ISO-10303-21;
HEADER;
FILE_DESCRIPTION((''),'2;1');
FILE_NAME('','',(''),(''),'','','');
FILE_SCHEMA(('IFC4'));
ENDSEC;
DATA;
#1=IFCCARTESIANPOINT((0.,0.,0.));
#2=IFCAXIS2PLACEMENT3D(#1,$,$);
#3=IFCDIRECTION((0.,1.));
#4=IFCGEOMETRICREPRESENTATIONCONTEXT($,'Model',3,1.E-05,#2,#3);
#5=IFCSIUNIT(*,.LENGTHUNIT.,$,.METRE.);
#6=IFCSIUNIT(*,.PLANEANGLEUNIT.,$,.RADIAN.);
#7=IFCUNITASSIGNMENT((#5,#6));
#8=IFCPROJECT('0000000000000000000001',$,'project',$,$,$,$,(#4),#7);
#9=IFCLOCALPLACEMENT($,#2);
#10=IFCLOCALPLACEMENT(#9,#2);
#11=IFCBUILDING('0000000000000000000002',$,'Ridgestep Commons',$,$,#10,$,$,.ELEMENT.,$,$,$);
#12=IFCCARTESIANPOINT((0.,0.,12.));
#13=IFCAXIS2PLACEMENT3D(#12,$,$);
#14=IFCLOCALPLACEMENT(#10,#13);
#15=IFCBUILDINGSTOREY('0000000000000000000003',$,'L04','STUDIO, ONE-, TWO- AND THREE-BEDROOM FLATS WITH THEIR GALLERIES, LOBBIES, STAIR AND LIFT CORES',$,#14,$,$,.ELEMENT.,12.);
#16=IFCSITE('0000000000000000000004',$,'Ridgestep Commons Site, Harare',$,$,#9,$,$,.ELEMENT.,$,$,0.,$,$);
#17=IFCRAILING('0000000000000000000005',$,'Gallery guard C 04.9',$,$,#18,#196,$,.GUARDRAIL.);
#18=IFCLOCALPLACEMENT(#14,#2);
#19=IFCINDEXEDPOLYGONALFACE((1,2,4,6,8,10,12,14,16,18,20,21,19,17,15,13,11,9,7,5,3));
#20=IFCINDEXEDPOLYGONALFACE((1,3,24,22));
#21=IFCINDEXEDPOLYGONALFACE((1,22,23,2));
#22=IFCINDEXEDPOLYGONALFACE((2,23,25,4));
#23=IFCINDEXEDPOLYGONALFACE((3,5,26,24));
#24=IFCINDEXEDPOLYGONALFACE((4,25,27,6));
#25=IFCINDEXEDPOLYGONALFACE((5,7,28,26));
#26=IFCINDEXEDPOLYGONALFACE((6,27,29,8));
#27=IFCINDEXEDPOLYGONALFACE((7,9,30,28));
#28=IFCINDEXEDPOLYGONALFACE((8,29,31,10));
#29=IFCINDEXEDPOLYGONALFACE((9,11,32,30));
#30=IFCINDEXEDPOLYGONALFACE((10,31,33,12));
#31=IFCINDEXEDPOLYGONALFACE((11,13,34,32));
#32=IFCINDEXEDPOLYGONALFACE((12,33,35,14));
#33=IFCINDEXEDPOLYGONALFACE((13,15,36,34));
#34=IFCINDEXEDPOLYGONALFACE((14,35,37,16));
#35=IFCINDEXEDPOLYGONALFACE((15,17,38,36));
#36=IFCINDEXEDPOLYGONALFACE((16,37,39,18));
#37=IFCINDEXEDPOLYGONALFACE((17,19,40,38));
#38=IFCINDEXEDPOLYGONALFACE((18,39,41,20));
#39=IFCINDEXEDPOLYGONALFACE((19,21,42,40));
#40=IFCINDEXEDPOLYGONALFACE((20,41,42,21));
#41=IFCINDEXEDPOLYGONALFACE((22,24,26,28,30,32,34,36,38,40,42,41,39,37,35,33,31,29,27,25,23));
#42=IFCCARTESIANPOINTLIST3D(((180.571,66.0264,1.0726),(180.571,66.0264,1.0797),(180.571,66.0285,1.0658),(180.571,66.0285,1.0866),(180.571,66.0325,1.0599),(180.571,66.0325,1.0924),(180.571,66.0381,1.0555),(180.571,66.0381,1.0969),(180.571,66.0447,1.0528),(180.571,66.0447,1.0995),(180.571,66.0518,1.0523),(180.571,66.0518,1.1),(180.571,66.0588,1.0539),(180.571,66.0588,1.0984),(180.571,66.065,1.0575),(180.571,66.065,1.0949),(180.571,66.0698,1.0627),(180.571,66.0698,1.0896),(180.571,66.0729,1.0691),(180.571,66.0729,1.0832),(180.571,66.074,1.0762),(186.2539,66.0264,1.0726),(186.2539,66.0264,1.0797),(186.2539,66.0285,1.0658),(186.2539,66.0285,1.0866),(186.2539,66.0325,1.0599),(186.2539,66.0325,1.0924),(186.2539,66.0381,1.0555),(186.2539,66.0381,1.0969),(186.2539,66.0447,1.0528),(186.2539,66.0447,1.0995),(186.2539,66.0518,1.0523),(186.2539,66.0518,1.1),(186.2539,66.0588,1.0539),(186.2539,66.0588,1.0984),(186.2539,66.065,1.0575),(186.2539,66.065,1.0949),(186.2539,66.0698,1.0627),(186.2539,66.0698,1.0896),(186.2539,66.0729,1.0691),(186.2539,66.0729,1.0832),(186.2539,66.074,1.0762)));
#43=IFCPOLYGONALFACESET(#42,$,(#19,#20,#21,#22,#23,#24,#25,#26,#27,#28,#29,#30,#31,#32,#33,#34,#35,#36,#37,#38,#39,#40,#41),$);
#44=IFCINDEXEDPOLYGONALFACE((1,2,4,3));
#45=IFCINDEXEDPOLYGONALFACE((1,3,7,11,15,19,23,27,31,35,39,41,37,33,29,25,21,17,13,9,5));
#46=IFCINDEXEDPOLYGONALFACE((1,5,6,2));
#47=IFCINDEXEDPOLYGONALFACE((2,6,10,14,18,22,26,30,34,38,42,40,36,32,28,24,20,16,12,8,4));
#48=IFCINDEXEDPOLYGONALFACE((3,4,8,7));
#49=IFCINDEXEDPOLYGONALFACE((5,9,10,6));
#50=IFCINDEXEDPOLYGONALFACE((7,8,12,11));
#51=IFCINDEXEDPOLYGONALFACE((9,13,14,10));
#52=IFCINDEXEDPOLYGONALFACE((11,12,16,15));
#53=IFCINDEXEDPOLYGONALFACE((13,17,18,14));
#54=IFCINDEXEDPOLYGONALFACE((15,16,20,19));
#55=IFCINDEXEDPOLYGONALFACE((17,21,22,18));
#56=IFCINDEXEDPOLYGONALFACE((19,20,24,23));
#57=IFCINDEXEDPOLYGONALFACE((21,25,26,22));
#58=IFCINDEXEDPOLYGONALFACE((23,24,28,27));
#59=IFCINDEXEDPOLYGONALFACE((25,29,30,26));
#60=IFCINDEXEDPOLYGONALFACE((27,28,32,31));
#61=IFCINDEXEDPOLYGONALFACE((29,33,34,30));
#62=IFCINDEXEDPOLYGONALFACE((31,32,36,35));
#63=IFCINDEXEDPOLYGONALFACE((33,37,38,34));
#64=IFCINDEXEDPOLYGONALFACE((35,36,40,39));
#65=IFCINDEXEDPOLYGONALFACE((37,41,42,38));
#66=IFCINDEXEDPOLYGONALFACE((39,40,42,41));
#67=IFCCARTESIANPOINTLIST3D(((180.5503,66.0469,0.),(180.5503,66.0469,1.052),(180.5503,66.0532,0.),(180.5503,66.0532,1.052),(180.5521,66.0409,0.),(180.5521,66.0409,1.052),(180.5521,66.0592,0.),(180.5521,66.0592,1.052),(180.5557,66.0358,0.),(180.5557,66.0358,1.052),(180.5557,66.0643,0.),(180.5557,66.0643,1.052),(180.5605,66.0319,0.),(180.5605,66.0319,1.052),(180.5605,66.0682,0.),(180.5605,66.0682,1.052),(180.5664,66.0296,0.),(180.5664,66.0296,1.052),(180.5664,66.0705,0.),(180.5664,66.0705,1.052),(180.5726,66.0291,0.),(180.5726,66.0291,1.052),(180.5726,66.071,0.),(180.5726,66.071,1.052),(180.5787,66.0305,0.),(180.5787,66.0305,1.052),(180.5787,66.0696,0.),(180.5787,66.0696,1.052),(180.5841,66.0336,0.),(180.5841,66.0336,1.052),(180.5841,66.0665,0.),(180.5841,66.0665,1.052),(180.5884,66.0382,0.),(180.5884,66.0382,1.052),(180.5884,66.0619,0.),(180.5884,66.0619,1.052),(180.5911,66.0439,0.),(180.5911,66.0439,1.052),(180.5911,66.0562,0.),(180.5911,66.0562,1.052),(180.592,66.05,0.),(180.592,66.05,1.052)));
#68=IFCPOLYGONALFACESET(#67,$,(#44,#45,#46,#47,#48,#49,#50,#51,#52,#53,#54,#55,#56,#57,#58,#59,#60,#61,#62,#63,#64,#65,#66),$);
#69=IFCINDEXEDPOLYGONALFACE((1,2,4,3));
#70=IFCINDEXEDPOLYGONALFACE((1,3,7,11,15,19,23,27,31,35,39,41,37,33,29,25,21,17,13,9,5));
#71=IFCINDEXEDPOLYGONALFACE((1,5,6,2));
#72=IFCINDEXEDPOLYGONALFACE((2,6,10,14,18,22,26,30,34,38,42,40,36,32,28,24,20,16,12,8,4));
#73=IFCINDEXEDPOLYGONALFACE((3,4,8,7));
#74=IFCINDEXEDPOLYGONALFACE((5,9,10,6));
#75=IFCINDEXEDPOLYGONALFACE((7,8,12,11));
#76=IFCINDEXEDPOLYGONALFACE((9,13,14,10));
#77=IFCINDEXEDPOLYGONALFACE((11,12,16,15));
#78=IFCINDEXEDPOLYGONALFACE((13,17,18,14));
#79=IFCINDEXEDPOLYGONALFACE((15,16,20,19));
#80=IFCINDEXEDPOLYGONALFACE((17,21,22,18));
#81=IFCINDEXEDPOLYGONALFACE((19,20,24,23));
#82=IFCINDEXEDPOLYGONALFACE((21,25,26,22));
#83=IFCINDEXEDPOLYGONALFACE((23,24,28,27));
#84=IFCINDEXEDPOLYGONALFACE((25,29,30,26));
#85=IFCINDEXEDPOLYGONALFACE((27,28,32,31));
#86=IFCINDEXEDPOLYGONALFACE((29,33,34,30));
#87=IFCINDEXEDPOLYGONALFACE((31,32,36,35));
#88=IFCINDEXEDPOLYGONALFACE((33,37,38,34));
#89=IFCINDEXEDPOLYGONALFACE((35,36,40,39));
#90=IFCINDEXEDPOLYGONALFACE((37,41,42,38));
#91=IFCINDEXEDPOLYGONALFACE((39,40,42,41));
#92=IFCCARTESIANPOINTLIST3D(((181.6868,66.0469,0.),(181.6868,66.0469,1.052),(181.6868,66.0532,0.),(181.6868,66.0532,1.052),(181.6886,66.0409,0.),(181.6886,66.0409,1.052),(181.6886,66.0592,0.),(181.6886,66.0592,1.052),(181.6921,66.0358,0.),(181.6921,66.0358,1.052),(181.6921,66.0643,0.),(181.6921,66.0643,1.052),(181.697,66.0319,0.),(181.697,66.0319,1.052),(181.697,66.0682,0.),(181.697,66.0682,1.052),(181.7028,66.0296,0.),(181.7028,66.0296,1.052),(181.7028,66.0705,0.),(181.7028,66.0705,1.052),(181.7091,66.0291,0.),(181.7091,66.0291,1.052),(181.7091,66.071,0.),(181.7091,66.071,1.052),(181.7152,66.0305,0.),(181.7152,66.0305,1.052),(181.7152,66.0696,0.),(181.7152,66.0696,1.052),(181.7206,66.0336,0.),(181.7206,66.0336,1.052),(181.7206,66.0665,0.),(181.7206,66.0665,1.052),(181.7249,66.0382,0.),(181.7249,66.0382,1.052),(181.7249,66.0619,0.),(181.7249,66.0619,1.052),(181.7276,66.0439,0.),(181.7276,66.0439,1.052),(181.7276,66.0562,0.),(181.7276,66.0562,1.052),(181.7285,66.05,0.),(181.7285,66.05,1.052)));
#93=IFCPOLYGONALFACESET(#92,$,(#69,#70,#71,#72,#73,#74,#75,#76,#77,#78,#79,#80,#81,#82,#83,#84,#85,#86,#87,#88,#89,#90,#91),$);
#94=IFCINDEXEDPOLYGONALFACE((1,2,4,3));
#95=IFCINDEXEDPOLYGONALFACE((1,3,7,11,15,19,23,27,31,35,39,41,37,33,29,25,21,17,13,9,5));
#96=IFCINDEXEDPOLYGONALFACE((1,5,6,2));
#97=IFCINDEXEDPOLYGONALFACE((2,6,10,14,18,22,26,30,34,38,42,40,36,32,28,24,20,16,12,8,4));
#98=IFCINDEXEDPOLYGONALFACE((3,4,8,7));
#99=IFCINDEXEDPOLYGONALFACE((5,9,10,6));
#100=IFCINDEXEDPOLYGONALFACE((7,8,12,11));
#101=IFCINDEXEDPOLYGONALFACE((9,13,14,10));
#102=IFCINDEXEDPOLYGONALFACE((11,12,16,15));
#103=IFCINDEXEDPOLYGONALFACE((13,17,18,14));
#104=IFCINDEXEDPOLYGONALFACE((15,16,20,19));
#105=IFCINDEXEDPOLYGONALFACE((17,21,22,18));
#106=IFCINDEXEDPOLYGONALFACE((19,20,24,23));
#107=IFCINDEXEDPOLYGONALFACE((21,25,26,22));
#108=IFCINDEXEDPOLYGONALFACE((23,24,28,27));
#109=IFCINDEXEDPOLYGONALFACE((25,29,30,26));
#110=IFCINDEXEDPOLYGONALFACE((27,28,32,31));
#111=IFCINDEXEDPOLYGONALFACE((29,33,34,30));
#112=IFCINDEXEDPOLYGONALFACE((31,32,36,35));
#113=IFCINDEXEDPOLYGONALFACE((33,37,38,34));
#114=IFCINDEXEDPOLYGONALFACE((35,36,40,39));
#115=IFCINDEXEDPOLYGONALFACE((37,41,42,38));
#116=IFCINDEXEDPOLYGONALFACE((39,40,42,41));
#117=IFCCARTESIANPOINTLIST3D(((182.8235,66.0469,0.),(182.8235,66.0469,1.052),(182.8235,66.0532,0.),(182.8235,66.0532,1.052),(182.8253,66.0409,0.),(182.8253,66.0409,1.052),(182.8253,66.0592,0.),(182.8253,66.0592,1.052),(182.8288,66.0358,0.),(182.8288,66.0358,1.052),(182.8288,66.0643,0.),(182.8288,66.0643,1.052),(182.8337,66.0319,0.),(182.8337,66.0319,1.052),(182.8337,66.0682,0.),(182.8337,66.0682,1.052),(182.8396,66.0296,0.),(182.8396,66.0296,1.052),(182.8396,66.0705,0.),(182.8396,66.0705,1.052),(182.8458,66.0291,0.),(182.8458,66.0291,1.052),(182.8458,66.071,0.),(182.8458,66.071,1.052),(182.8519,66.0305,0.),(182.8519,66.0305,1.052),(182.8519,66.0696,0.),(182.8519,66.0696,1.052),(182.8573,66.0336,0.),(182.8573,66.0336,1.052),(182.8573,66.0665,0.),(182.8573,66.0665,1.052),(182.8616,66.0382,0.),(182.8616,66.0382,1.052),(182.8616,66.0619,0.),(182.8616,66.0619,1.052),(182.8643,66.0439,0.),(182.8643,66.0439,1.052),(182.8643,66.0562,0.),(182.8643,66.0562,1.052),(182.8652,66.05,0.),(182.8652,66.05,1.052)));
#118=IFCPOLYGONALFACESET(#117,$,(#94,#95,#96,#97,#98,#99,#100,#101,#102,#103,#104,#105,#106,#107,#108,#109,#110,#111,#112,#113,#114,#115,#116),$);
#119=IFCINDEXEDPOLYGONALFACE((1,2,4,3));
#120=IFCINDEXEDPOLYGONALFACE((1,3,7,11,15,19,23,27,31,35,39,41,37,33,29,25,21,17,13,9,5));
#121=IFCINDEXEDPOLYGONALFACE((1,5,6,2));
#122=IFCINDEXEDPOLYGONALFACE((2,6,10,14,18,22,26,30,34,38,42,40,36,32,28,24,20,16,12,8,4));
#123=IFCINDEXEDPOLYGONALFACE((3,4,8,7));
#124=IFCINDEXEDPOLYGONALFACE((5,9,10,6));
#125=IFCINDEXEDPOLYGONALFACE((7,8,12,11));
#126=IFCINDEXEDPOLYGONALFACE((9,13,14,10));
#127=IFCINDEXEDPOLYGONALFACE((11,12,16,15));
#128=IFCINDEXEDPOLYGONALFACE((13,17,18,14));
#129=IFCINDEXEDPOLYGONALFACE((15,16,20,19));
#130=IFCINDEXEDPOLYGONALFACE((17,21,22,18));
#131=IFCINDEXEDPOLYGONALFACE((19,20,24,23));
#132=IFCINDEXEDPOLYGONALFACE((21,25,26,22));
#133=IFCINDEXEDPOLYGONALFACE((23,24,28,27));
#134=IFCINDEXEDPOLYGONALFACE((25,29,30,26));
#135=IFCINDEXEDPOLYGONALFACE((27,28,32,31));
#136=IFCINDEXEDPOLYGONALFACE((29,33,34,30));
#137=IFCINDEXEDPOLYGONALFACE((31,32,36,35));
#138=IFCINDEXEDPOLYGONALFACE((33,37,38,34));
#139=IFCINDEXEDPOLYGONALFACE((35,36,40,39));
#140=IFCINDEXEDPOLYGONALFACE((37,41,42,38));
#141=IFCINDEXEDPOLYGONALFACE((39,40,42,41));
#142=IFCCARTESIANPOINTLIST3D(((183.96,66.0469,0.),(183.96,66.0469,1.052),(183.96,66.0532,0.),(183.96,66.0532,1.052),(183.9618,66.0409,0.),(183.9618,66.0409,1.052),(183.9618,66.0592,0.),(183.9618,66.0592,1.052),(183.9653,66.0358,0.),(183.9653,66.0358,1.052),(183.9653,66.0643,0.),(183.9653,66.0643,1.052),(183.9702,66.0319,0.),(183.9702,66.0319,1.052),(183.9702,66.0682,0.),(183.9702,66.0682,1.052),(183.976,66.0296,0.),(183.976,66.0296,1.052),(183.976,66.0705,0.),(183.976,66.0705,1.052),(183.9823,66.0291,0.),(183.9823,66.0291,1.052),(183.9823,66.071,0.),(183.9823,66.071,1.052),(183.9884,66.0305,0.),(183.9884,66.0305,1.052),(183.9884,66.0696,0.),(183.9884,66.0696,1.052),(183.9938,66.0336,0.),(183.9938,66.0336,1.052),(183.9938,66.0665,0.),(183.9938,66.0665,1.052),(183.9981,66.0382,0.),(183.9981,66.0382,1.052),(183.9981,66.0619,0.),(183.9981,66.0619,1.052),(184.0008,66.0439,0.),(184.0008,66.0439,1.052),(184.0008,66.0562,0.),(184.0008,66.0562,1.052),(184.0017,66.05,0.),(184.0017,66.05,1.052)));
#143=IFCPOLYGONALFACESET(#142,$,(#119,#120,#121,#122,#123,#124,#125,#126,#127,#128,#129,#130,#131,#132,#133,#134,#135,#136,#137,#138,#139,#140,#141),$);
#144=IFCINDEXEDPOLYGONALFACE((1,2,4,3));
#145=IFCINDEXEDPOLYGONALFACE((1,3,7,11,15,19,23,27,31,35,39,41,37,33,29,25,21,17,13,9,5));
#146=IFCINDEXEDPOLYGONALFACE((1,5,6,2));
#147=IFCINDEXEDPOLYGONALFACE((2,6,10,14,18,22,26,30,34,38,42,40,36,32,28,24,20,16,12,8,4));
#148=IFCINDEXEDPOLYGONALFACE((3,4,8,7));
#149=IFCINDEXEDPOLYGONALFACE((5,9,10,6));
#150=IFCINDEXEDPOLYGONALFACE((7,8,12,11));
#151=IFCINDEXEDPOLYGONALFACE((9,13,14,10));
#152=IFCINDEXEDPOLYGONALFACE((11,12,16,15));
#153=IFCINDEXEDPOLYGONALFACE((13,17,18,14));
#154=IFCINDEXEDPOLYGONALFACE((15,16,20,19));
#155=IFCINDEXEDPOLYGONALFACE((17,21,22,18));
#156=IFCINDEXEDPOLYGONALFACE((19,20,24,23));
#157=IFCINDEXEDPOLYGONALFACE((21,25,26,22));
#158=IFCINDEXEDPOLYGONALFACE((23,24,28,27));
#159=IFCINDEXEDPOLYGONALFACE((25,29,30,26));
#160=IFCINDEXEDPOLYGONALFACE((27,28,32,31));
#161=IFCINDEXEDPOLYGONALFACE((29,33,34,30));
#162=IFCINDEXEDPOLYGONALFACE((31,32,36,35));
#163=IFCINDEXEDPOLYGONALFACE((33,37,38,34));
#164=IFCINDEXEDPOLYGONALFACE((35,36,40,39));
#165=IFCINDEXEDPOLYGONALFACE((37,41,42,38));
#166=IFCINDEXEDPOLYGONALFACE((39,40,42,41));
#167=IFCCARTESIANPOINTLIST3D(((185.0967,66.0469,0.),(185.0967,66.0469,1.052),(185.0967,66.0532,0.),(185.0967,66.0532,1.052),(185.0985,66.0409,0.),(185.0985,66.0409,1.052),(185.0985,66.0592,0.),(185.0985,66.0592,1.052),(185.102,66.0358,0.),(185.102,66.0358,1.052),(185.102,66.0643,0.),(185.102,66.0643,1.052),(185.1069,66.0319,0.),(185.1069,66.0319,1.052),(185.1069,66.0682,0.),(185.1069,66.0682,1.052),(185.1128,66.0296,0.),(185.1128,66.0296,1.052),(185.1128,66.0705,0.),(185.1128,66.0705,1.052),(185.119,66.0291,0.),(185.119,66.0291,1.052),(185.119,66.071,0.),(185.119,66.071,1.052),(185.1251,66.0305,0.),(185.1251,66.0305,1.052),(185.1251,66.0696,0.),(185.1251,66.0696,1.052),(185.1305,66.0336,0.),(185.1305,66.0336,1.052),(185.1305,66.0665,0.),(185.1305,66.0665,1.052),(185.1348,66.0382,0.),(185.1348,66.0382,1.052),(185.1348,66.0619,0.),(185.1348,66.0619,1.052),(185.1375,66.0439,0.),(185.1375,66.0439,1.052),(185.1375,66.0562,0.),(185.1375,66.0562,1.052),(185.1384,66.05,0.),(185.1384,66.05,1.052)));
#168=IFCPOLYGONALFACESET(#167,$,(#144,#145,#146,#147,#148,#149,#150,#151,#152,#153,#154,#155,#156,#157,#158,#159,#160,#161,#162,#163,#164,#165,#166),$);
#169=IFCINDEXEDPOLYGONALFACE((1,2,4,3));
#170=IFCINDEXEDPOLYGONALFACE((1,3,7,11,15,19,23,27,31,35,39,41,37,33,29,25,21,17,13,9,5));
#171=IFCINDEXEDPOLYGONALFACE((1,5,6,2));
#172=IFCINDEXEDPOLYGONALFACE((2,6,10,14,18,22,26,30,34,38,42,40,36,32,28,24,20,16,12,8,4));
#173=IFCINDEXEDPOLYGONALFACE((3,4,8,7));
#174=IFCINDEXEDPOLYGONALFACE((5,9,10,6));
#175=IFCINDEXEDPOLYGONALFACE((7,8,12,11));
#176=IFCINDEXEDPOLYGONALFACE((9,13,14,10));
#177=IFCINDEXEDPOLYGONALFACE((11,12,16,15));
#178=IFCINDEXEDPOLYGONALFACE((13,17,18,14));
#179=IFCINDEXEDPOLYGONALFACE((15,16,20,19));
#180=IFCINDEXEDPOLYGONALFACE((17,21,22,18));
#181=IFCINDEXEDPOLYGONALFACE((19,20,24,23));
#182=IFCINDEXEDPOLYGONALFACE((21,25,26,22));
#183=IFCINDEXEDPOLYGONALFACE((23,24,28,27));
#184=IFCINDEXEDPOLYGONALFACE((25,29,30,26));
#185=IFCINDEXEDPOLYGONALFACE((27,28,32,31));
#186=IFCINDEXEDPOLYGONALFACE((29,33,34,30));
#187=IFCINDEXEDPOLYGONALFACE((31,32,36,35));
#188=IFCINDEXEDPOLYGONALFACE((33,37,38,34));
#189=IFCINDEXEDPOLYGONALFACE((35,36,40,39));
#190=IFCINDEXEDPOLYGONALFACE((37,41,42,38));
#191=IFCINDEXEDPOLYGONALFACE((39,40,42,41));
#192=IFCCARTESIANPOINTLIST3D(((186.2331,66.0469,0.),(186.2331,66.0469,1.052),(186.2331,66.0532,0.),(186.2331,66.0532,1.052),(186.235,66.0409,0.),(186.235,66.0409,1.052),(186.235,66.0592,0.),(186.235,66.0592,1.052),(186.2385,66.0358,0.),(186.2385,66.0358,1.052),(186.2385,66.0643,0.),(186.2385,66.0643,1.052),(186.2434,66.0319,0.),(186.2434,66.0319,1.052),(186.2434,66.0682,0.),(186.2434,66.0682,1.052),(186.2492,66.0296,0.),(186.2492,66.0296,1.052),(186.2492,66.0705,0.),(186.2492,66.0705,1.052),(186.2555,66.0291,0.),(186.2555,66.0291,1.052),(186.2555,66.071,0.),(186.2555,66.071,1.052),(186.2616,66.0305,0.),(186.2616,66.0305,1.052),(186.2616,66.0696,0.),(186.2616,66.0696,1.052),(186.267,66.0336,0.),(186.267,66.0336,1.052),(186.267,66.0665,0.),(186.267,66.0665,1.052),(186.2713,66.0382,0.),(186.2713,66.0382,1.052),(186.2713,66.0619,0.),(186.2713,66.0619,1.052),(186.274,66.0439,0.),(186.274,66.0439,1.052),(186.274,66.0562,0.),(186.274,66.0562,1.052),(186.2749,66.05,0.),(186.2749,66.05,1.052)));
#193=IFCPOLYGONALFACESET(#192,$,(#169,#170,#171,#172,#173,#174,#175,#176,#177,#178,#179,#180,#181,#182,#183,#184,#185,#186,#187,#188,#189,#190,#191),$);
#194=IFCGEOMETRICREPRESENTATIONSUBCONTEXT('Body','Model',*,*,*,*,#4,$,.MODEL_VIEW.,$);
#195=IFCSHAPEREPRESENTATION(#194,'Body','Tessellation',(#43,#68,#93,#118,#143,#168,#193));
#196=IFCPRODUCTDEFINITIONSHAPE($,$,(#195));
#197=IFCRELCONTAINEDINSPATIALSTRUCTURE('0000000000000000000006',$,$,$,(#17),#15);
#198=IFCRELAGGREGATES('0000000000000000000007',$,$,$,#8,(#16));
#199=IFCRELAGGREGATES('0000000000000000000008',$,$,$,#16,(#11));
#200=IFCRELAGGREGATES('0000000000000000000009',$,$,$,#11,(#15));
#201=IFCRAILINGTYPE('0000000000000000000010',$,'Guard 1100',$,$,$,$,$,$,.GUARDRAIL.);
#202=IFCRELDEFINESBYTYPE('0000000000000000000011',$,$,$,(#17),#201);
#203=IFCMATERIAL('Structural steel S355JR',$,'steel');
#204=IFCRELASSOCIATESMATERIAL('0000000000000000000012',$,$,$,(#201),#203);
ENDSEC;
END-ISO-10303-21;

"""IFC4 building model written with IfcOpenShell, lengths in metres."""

from ifc_helpers import new_model, si_unit, direction, frame, origin, origin_2d, place, context, subcontext, project, spatial, circle, extrude, material, type_object, element, save


model = new_model("IFC4")

# Units and contexts
model_context = context("Model", 3, precision=1e-05, world=origin(), true_north=direction((0.0, 1.0)))
body_context = subcontext(model_context, "Body", "Model", "MODEL_VIEW")
ifc_project = project(units=[si_unit("LENGTHUNIT", "METRE"), si_unit("PLANEANGLEUNIT", "RADIAN")], contexts=[model_context])

# Site, building, storey
site_placement = place(None, origin())
site = spatial("IfcSite", under=ifc_project, at=site_placement, Name="Ridgestep Commons Site, Harare", CompositionType="ELEMENT", RefElevation=0.0)
building_placement = place(site_placement, origin())
building = spatial("IfcBuilding", under=site, at=building_placement, Name="Ridgestep Commons", CompositionType="ELEMENT")
storey_placement = place(building_placement, frame((0.0, 0.0, 12.0)))
storey = spatial("IfcBuildingStorey", under=building, at=storey_placement, Name="L04", Description="STUDIO, ONE-, TWO- AND THREE-BEDROOM FLATS WITH THEIR GALLERIES, LOBBIES, STAIR AND LIFT CORES", CompositionType="ELEMENT", Elevation=12.0)

# Railing
ifc_material_1 = material(Name="Structural steel S355JR", Category="steel")
railing_type = type_object("IfcRailingType", Name="Guard 1100", PredefinedType="GUARDRAIL", material=ifc_material_1)
railing_1_placement = place(storey_placement, frame((180.571, 66.05, 0.0)))
element("IfcRailing", 1, at=railing_1_placement, inside=storey, type_object=railing_type, Name="Gallery guard C 04.9", PredefinedType="GUARDRAIL", context=body_context, shape_type="SweptSolid", body=[
    extrude(circle(Radius=0.0239, at=origin_2d()), frame((0.0, 0.0, 1.0762), z_axis=(1.0, 0.0, 0.0), x_axis=(0.0, 1.0, 0.0)), (0.0, 0.0, 1.0), 5.6829),
    extrude(circle(Radius=0.021, at=origin_2d()), origin(), (0.0, 0.0, 1.0), 1.052),
    extrude(circle(Radius=0.021, at=origin_2d()), frame((1.1365, 0.0, 0.0)), (0.0, 0.0, 1.0), 1.052),
    extrude(circle(Radius=0.021, at=origin_2d()), frame((2.2732, 0.0, 0.0)), (0.0, 0.0, 1.0), 1.052),
    extrude(circle(Radius=0.021, at=origin_2d()), frame((3.4097, 0.0, 0.0)), (0.0, 0.0, 1.0), 1.052),
    extrude(circle(Radius=0.021, at=origin_2d()), frame((4.5464, 0.0, 0.0)), (0.0, 0.0, 1.0), 1.052),
    extrude(circle(Radius=0.021, at=origin_2d()), frame((5.6829, 0.0, 0.0)), (0.0, 0.0, 1.0), 1.052),
])

save(model, "model.ifc")
